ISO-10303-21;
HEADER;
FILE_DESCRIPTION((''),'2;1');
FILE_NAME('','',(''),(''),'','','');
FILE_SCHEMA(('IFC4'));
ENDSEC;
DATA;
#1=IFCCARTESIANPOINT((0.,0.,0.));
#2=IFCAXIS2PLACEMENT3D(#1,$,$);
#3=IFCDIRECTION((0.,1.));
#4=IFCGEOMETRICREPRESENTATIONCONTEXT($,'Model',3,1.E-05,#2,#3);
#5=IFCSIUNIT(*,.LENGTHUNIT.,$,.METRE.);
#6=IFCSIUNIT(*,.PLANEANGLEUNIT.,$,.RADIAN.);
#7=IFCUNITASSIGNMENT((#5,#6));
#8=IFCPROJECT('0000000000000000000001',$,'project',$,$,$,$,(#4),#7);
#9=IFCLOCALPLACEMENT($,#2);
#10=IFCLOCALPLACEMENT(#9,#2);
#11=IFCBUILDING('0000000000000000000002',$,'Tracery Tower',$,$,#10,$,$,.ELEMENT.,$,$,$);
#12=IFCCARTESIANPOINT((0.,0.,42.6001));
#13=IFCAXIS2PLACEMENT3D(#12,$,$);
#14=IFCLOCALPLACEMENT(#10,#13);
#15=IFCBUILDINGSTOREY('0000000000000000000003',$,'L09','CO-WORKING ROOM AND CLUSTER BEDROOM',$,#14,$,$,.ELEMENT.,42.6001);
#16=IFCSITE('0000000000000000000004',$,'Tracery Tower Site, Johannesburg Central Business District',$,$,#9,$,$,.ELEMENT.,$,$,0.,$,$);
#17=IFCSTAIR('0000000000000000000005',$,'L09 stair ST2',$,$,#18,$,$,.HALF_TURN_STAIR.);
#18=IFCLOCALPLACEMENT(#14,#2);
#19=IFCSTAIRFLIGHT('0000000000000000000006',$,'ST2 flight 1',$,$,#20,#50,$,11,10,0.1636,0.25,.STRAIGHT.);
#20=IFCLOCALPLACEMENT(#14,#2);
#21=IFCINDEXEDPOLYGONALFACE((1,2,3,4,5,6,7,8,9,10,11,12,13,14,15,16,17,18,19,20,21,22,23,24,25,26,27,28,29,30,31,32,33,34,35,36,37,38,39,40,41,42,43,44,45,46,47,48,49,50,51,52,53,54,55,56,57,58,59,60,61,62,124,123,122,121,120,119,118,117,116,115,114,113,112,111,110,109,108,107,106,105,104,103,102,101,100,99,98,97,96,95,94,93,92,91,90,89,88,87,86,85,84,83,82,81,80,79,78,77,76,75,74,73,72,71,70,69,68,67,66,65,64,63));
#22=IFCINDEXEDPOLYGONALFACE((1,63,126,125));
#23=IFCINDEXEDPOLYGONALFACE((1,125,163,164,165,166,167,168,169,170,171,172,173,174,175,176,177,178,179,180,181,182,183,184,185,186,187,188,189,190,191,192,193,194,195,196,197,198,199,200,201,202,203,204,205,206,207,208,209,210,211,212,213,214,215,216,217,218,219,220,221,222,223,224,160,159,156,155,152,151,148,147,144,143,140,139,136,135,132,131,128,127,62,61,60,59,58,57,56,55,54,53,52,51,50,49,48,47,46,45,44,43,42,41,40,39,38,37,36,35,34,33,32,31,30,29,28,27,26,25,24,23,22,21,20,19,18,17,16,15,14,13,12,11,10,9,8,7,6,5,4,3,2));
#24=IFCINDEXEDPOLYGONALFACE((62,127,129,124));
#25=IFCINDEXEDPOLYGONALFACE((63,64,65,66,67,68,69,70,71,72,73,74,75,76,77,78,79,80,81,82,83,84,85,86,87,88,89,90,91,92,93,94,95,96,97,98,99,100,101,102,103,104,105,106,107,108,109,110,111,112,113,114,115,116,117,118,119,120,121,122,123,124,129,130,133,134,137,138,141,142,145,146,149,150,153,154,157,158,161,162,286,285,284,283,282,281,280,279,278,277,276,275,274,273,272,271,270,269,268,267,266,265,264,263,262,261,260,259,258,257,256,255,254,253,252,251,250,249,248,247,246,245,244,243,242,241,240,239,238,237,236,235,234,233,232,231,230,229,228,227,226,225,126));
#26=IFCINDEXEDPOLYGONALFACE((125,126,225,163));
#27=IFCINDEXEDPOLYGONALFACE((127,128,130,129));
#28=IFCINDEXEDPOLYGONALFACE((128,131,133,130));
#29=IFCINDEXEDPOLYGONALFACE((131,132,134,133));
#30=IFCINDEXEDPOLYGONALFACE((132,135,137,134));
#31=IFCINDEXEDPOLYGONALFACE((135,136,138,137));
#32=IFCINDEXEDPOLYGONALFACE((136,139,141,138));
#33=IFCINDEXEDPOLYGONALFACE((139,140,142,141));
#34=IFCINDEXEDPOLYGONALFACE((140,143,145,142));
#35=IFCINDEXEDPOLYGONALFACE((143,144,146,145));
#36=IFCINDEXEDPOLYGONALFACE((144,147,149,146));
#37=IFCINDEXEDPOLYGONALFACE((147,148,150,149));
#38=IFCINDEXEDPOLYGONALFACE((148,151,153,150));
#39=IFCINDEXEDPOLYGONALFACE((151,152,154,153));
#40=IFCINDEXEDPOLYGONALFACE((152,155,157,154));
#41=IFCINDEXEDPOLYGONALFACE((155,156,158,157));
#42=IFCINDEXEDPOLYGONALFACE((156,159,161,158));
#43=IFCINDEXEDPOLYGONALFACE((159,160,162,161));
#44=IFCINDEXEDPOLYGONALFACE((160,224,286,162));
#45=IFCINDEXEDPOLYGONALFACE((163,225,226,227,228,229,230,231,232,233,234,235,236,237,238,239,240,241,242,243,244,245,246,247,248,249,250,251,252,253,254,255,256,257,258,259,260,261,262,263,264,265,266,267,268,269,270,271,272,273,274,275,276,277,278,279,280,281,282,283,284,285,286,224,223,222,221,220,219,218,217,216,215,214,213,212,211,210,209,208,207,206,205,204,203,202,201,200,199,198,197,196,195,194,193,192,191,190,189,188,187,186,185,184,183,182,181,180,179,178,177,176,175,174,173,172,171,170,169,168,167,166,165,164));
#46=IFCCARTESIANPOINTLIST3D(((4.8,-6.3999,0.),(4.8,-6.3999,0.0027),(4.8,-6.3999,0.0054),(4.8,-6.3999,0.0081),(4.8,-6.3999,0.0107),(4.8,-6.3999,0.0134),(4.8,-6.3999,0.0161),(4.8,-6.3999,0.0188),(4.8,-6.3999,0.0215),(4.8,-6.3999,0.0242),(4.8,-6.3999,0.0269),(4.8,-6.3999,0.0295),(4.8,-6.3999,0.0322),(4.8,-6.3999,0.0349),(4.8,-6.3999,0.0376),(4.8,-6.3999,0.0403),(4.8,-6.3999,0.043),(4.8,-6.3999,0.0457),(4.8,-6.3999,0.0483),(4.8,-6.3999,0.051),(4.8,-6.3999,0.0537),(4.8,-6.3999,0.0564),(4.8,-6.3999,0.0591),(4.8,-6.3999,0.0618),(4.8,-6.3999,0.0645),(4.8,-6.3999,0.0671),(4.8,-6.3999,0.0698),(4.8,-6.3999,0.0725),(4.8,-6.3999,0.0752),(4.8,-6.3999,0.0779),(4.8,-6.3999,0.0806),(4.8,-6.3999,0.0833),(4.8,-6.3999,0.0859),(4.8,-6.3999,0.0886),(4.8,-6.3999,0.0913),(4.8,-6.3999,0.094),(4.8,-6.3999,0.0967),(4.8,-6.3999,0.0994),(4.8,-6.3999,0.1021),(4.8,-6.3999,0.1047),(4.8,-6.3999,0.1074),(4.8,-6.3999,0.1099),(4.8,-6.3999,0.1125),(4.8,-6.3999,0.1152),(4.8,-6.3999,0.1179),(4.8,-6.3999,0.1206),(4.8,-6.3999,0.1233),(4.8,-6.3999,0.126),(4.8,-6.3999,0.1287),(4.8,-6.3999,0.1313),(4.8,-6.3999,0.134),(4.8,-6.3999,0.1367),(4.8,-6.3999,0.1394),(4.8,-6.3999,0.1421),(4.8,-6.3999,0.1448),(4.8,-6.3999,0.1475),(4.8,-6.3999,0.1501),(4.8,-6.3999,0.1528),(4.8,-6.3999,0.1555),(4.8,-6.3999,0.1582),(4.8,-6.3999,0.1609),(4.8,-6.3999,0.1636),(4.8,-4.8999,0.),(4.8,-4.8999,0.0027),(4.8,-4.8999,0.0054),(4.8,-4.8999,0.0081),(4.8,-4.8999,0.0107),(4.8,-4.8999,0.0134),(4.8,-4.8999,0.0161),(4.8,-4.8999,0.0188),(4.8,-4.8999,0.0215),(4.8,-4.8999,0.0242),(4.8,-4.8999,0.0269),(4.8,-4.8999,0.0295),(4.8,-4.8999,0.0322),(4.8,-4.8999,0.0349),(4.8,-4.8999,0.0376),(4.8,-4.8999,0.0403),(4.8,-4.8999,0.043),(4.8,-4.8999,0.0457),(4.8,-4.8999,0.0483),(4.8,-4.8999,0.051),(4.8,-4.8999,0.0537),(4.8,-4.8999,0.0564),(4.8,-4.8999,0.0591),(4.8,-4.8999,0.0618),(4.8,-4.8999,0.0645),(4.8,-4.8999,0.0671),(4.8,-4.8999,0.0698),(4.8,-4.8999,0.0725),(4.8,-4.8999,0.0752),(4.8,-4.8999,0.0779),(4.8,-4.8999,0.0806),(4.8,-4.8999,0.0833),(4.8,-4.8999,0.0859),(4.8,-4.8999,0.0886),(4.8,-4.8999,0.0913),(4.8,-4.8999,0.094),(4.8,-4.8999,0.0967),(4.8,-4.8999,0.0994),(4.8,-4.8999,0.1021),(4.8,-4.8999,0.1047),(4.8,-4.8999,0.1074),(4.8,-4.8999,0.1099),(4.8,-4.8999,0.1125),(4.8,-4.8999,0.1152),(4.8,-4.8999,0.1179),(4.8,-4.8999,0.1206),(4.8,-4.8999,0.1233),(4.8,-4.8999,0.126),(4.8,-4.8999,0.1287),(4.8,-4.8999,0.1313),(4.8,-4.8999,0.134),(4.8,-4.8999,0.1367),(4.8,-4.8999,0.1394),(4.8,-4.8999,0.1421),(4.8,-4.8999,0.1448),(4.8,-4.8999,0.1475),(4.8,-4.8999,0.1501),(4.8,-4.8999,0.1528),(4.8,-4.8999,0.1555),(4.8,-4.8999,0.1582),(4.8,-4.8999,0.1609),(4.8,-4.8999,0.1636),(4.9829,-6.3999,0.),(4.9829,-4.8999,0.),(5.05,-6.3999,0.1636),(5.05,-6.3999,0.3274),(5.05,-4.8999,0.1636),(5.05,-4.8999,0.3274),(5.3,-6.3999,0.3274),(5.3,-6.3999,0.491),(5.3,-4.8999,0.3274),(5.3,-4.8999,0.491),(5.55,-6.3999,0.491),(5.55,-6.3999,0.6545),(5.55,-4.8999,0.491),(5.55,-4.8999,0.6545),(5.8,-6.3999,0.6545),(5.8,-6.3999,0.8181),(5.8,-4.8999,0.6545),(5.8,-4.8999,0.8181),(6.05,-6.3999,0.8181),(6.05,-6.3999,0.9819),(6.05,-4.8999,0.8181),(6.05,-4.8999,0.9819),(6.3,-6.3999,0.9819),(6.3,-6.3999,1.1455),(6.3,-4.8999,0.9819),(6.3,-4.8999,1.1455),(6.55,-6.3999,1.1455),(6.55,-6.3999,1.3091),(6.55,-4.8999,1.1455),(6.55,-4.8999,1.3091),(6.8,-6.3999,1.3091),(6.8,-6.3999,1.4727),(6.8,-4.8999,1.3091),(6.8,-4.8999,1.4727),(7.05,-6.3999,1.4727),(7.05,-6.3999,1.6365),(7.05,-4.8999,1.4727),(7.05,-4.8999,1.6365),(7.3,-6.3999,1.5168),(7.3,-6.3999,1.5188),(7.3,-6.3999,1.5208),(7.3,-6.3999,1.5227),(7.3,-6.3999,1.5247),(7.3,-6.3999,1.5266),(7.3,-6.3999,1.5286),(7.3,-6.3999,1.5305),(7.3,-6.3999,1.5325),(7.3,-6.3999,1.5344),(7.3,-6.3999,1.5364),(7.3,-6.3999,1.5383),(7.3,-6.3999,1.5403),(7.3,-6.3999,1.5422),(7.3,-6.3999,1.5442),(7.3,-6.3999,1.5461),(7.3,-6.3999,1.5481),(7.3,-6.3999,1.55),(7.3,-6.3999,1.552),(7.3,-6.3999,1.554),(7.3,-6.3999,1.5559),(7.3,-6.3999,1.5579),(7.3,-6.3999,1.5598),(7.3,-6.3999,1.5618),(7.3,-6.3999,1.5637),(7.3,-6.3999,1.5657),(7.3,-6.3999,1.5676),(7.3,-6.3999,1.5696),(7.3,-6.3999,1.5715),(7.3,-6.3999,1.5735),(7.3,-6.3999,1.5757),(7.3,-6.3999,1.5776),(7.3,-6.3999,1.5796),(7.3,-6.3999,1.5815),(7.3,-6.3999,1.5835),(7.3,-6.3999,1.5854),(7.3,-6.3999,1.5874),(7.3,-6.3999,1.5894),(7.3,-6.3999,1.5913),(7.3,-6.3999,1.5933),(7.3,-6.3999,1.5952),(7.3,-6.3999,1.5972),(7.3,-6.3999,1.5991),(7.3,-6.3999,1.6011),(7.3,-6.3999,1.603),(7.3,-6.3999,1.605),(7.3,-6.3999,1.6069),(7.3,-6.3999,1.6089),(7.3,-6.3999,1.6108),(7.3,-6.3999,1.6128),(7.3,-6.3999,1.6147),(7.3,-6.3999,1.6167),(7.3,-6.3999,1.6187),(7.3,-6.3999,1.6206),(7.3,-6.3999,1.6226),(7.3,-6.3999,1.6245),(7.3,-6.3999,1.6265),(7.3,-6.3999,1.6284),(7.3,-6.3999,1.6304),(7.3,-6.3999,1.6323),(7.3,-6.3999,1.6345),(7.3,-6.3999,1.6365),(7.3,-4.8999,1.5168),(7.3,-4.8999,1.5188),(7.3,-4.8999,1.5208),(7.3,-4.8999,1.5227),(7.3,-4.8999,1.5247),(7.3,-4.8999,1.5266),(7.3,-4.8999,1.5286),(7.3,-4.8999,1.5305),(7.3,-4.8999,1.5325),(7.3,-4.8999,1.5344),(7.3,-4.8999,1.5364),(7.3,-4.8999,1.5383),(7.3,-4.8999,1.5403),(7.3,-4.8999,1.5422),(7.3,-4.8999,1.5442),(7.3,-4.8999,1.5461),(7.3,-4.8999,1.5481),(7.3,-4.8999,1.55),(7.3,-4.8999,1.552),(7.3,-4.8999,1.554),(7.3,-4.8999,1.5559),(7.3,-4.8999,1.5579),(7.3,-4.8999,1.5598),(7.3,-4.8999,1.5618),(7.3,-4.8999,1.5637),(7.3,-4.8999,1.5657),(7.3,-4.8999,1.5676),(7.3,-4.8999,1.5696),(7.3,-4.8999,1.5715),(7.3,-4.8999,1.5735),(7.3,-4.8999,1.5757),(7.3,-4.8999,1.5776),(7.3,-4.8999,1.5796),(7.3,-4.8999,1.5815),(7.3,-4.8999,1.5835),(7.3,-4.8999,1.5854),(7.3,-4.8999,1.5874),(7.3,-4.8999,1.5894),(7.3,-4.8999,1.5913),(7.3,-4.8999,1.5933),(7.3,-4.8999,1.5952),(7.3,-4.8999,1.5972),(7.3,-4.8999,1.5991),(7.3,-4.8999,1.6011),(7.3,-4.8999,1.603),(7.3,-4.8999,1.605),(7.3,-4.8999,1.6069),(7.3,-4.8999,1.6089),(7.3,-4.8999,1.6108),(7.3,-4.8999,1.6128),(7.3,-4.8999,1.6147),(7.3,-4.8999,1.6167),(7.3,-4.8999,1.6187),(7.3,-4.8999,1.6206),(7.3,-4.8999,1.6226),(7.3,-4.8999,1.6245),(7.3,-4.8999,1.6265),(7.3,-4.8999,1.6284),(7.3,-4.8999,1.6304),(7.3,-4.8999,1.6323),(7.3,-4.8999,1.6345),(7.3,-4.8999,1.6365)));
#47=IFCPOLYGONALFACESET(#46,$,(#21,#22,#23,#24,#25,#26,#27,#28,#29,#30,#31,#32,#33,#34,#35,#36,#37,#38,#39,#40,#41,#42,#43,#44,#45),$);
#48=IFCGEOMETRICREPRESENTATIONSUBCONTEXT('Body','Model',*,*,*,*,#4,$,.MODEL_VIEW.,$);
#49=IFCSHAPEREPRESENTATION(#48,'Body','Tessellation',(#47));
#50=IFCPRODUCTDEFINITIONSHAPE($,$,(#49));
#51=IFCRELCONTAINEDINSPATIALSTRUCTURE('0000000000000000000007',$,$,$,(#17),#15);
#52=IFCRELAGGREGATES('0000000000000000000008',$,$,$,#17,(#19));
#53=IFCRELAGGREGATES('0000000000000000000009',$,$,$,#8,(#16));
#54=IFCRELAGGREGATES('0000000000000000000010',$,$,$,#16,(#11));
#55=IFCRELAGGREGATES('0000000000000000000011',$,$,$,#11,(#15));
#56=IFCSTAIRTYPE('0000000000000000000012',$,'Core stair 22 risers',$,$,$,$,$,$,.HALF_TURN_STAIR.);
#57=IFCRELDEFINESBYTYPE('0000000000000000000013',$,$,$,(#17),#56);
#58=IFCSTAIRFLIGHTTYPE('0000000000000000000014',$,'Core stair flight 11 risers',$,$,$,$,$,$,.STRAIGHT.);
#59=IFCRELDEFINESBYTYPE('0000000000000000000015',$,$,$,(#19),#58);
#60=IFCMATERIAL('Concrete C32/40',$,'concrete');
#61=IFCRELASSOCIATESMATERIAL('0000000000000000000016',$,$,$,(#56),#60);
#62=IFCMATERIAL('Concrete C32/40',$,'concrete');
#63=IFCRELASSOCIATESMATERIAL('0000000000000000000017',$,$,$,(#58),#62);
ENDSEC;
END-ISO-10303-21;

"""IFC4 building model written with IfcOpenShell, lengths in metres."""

from ifc_helpers import new_model, si_unit, direction, frame, origin, place, context, subcontext, project, spatial, polyline, outline, extrude, material, type_object, element, aggregate, save


model = new_model("IFC4")

# Units and contexts
model_context = context("Model", 3, precision=1e-05, world=origin(), true_north=direction((0.0, 1.0)))
body_context = subcontext(model_context, "Body", "Model", "MODEL_VIEW")
ifc_project = project(units=[si_unit("LENGTHUNIT", "METRE"), si_unit("PLANEANGLEUNIT", "RADIAN")], contexts=[model_context])

# Site, building, storey
site_placement = place(None, origin())
site = spatial("IfcSite", under=ifc_project, at=site_placement, Name="Tracery Tower Site, Johannesburg Central Business District", CompositionType="ELEMENT", RefElevation=0.0)
building_placement = place(site_placement, origin())
building = spatial("IfcBuilding", under=site, at=building_placement, Name="Tracery Tower", CompositionType="ELEMENT")
storey_placement = place(building_placement, frame((0.0, 0.0, 42.6001)))
storey = spatial("IfcBuildingStorey", under=building, at=storey_placement, Name="L09", Description="CO-WORKING ROOM AND CLUSTER BEDROOM", CompositionType="ELEMENT", Elevation=42.6001)

# Stair, stair flight
ifc_material_1 = material(Name="Concrete C32/40", Category="concrete")
stair_type = type_object("IfcStairType", Name="Core stair 22 risers", PredefinedType="HALF_TURN_STAIR", material=ifc_material_1)
stair_placement = place(storey_placement, origin())
stair = element("IfcStair", 1, at=stair_placement, inside=storey, type_object=stair_type, Name="L09 stair ST2", PredefinedType="HALF_TURN_STAIR")
ifc_material_2 = material(Name="Concrete C32/40", Category="concrete")
stair_flight_type = type_object("IfcStairFlightType", Name="Core stair flight 11 risers", PredefinedType="STRAIGHT", material=ifc_material_2)
stair_flight_1_placement = place(storey_placement, frame((4.8, -5.6499, 0.0), z_axis=(0.0, 0.0, 1.0), x_axis=(1.0, 0.0, 0.0)))
stair_flight_1 = element("IfcStairFlight", 2, at=stair_flight_1_placement, type_object=stair_flight_type, Name="ST2 flight 1", NumberOfRisers=11, NumberOfTreads=10, PredefinedType="STRAIGHT", RiserHeight=0.1636, TreadLength=0.25, context=body_context, shape_type="SweptSolid", body=[
    extrude(outline(polyline([(0.0, 0.0), (0.0, 0.0027), (0.0, 0.0054), (0.0, 0.0081), (0.0, 0.0107), (0.0, 0.0134), (0.0, 0.0161), (0.0, 0.0188), (0.0, 0.0215), (0.0, 0.0242), (0.0, 0.0269), (0.0, 0.0295), (0.0, 0.0322), (0.0, 0.0349), (0.0, 0.0376), (0.0, 0.0403), (0.0, 0.043), (0.0, 0.0457), (0.0, 0.0483), (0.0, 0.051), (0.0, 0.0537), (0.0, 0.0564), (0.0, 0.0591), (0.0, 0.0618), (0.0, 0.0645), (0.0, 0.0671), (0.0, 0.0698), (0.0, 0.0725), (0.0, 0.0752), (0.0, 0.0779), (0.0, 0.0806), (0.0, 0.0833), (0.0, 0.0859), (0.0, 0.0886), (0.0, 0.0913), (0.0, 0.094), (0.0, 0.0967), (0.0, 0.0994), (0.0, 0.1021), (0.0, 0.1047), (0.0, 0.1074), (0.0, 0.1099), (0.0, 0.1125), (0.0, 0.1152), (0.0, 0.1179), (0.0, 0.1206), (0.0, 0.1233), (0.0, 0.126), (0.0, 0.1287), (0.0, 0.1313), (0.0, 0.134), (0.0, 0.1367), (0.0, 0.1394), (0.0, 0.1421), (0.0, 0.1448), (0.0, 0.1475), (0.0, 0.1501), (0.0, 0.1528), (0.0, 0.1555), (0.0, 0.1582), (0.0, 0.1609), (0.0, 0.1636), (0.25, 0.1636), (0.25, 0.3274), (0.5, 0.3274), (0.5, 0.491), (0.75, 0.491), (0.75, 0.6545), (1.0, 0.6545), (1.0, 0.8181), (1.25, 0.8181), (1.25, 0.9819), (1.5, 0.9819), (1.5, 1.1455), (1.75, 1.1455), (1.75, 1.3091), (2.0, 1.3091), (2.0, 1.4727), (2.25, 1.4727), (2.25, 1.6365), (2.5, 1.6365), (2.5, 1.6345), (2.5, 1.6323), (2.5, 1.6304), (2.5, 1.6284), (2.5, 1.6265), (2.5, 1.6245), (2.5, 1.6226), (2.5, 1.6206), (2.5, 1.6187), (2.5, 1.6167), (2.5, 1.6147), (2.5, 1.6128), (2.5, 1.6108), (2.5, 1.6089), (2.5, 1.6069), (2.5, 1.605), (2.5, 1.603), (2.5, 1.6011), (2.5, 1.5991), (2.5, 1.5972), (2.5, 1.5952), (2.5, 1.5933), (2.5, 1.5913), (2.5, 1.5894), (2.5, 1.5874), (2.5, 1.5854), (2.5, 1.5835), (2.5, 1.5815), (2.5, 1.5796), (2.5, 1.5776), (2.5, 1.5757), (2.5, 1.5735), (2.5, 1.5715), (2.5, 1.5696), (2.5, 1.5676), (2.5, 1.5657), (2.5, 1.5637), (2.5, 1.5618), (2.5, 1.5598), (2.5, 1.5579), (2.5, 1.5559), (2.5, 1.554), (2.5, 1.552), (2.5, 1.55), (2.5, 1.5481), (2.5, 1.5461), (2.5, 1.5442), (2.5, 1.5422), (2.5, 1.5403), (2.5, 1.5383), (2.5, 1.5364), (2.5, 1.5344), (2.5, 1.5325), (2.5, 1.5305), (2.5, 1.5286), (2.5, 1.5266), (2.5, 1.5247), (2.5, 1.5227), (2.5, 1.5208), (2.5, 1.5188), (2.5, 1.5168), (0.1829, 0.0), (0.0, 0.0)])), frame((0.0, 0.75, 0.0), z_axis=(0.0, -1.0, 0.0), x_axis=(1.0, 0.0, 0.0)), (0.0, 0.0, 1.0), 1.5),
])
aggregate(stair, [stair_flight_1])

save(model, "model.ifc")
